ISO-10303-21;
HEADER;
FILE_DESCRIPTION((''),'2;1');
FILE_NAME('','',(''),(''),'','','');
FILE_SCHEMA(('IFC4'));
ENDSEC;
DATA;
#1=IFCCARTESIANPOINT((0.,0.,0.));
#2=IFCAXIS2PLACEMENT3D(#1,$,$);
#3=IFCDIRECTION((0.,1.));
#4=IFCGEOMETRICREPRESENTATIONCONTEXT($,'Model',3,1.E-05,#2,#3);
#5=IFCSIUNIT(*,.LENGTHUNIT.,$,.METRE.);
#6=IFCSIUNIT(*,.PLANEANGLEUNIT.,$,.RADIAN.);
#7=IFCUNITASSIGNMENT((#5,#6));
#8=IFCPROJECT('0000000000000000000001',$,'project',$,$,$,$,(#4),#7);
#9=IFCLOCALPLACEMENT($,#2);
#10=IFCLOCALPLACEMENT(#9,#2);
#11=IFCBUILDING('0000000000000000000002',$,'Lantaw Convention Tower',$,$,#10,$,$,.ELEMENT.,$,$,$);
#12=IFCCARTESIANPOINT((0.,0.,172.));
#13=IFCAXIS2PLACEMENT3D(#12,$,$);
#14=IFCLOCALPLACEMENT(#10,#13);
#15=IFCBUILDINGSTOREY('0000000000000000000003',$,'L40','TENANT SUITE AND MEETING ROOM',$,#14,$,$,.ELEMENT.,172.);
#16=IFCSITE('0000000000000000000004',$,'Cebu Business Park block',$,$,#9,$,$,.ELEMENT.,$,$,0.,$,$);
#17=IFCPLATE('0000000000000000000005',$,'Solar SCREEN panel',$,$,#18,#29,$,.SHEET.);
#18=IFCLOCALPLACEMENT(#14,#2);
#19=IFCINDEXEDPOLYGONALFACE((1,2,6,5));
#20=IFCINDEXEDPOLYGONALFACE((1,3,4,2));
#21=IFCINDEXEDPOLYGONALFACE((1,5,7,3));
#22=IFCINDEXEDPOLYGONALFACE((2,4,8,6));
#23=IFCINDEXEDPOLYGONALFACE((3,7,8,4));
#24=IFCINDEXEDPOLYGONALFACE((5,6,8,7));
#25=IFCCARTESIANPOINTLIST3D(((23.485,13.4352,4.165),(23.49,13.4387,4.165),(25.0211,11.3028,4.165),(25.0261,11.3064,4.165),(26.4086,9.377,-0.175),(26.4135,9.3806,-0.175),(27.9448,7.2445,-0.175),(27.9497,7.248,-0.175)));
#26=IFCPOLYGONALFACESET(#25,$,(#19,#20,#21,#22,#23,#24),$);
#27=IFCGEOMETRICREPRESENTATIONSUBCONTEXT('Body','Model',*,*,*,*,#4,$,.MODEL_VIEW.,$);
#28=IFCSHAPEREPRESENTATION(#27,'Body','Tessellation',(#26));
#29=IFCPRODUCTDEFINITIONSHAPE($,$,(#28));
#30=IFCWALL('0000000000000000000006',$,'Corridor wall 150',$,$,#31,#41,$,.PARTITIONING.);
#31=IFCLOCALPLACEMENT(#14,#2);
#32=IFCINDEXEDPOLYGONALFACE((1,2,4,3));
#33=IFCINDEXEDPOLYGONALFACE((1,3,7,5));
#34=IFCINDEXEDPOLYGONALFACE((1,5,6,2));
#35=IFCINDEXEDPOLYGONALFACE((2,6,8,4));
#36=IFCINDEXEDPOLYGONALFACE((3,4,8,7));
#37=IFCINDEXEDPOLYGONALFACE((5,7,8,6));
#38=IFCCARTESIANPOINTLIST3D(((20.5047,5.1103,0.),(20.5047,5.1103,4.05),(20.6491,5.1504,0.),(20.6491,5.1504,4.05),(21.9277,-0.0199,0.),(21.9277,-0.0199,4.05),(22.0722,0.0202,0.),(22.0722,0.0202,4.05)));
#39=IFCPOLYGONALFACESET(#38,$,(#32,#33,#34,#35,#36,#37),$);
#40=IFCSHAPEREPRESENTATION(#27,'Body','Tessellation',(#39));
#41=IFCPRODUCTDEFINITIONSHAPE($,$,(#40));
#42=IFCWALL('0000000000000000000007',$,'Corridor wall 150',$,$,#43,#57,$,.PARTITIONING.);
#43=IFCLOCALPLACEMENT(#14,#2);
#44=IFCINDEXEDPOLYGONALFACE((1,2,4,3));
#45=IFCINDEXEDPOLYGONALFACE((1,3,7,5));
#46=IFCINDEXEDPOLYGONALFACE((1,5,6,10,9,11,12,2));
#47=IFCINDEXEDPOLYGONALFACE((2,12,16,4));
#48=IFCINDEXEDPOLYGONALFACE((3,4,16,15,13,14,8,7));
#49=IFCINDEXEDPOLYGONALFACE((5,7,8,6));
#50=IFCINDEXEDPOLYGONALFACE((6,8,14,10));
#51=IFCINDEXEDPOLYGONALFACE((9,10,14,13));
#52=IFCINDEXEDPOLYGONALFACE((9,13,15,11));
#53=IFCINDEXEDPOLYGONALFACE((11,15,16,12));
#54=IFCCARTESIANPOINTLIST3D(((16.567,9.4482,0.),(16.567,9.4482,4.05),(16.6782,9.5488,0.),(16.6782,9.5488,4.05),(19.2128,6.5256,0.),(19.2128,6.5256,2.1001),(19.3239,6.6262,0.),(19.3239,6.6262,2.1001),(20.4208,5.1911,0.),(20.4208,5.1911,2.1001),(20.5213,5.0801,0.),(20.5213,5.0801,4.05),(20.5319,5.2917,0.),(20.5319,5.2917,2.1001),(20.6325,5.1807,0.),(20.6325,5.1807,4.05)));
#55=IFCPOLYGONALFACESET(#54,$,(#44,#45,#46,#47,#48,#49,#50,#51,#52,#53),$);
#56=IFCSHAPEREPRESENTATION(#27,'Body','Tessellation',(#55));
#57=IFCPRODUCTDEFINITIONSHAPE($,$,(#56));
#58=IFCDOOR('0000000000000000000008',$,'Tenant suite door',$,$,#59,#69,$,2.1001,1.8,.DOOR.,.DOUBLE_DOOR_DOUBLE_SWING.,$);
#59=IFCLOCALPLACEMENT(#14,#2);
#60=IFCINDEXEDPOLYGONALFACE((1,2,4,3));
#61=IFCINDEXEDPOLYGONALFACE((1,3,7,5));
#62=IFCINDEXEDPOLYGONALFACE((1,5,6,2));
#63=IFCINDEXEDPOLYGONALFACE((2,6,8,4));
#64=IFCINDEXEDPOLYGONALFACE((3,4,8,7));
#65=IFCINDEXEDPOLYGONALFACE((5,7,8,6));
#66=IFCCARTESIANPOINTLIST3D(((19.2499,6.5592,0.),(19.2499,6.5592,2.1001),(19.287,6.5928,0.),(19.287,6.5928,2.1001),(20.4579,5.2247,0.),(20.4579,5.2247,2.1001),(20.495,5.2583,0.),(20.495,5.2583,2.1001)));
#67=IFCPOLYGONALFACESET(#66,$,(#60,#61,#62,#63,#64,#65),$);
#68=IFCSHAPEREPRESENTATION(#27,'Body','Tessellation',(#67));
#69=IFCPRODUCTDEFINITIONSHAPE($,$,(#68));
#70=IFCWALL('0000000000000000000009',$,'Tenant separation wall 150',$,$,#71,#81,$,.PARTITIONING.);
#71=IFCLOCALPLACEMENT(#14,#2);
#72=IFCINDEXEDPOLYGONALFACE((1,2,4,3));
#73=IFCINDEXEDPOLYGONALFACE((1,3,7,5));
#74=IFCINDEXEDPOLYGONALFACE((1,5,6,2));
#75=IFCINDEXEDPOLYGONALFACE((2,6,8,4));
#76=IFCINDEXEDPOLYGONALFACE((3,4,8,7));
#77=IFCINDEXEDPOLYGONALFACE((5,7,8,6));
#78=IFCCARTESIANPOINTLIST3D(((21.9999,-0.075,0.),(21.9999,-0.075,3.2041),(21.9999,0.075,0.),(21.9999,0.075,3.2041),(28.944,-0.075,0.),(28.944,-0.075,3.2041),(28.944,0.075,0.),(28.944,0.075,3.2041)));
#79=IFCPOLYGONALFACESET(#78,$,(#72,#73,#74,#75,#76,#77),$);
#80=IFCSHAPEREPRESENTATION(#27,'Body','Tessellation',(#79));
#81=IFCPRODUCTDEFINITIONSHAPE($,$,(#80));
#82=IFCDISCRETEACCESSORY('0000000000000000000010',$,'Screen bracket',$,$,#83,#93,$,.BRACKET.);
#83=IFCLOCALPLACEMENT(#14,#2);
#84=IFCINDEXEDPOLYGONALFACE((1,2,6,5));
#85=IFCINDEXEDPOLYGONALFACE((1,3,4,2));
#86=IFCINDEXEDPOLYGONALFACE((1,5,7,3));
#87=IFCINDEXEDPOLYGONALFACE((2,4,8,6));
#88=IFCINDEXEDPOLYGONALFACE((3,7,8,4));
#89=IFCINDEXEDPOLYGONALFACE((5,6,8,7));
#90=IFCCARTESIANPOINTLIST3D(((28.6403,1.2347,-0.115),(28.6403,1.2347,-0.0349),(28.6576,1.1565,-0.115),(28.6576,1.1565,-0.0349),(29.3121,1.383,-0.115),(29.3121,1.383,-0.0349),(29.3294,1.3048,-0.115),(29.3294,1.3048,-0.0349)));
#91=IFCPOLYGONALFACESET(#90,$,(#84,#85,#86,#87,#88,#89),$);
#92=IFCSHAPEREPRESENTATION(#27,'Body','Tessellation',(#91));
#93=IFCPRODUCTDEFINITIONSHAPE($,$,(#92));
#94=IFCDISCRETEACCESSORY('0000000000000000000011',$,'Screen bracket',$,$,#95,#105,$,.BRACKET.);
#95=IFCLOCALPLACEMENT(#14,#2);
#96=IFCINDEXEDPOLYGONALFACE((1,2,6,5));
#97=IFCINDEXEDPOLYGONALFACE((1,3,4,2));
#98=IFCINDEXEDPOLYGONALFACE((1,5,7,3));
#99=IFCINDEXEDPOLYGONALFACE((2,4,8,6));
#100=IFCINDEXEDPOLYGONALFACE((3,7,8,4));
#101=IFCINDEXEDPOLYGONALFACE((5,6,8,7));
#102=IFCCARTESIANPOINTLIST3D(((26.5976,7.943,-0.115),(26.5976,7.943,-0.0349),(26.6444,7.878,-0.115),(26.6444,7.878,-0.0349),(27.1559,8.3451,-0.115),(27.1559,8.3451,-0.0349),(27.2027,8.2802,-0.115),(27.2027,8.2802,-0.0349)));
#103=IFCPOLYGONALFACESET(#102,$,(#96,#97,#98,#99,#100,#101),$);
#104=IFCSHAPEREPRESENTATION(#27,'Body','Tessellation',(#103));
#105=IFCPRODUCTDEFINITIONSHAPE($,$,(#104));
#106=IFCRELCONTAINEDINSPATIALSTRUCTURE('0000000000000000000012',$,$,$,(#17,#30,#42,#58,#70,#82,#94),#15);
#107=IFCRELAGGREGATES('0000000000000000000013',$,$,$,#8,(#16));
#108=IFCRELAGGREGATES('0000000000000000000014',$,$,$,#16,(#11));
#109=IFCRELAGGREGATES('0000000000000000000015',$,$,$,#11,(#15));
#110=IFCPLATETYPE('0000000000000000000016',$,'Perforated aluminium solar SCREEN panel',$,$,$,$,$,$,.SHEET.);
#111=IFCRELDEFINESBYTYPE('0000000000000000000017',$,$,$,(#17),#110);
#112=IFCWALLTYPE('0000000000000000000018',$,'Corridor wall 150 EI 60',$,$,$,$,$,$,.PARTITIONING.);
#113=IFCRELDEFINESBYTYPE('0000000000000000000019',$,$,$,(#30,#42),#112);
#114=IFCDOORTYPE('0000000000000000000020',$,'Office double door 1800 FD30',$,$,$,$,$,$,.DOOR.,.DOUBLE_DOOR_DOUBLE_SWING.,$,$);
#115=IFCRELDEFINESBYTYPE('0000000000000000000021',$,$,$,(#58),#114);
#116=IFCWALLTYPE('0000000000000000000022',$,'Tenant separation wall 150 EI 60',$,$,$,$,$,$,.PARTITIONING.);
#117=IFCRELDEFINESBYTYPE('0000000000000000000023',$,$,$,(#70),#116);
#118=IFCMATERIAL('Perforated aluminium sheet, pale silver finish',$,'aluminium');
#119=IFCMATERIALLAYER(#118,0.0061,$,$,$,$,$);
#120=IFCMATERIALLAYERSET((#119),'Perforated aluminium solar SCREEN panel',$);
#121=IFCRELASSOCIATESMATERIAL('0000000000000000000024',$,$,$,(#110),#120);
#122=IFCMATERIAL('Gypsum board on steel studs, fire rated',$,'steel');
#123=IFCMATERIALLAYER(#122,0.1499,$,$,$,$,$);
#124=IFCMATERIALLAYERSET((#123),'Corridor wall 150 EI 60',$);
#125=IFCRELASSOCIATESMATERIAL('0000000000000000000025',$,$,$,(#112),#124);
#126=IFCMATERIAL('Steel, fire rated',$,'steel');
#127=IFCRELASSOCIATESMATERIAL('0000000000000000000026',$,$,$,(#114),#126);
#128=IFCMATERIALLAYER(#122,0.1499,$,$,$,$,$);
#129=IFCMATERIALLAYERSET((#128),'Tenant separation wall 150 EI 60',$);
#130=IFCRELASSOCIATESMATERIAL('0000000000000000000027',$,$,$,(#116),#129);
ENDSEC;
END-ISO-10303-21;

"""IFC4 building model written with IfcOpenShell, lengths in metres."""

from ifc_helpers import new_model, si_unit, direction, frame, frame_2d, origin, origin_2d, place, context, subcontext, project, spatial, polyline, rectangle, outline, extrude, material, layer, layer_set, type_object, element, fill, save


model = new_model("IFC4")

# Units and contexts
model_context = context("Model", 3, precision=1e-05, world=origin(), true_north=direction((0.0, 1.0)))
body_context = subcontext(model_context, "Body", "Model", "MODEL_VIEW")
ifc_project = project(units=[si_unit("LENGTHUNIT", "METRE"), si_unit("PLANEANGLEUNIT", "RADIAN")], contexts=[model_context])

# Site, building, storey
site_placement = place(None, origin())
site = spatial("IfcSite", under=ifc_project, at=site_placement, Name="Cebu Business Park block", CompositionType="ELEMENT", RefElevation=0.0)
building_placement = place(site_placement, origin())
building = spatial("IfcBuilding", under=site, at=building_placement, Name="Lantaw Convention Tower", CompositionType="ELEMENT")
storey_placement = place(building_placement, frame((0.0, 0.0, 172.0)))
storey = spatial("IfcBuildingStorey", under=building, at=storey_placement, Name="L40", Description="TENANT SUITE AND MEETING ROOM", CompositionType="ELEMENT", Elevation=172.0)

# Plate
ifc_material_1 = material(Name="Perforated aluminium sheet, pale silver finish", Category="aluminium")
ifc_layer_1 = layer(ifc_material_1, 0.0061)
ifc_layer_set_1 = layer_set([ifc_layer_1], Name="Perforated aluminium solar SCREEN panel")
plate_type_1 = type_object("IfcPlateType", Name="Perforated aluminium solar SCREEN panel", PredefinedType="SHEET", material=ifc_layer_set_1)
plate_1_placement = place(storey_placement, frame((27.9497, 7.248, -0.175), z_axis=(0.811395, 0.584498, 0.000036), x_axis=(-0.584498, 0.811395, 0.0)))
element("IfcPlate", 1, at=plate_1_placement, inside=storey, type_object=plate_type_1, Name="Solar SCREEN panel", PredefinedType="SHEET", context=body_context, shape_type="SweptSolid", body=[
    extrude(outline(polyline([(0.0, 0.0), (2.6282, 0.0), (7.6298, 4.3401), (5.0018, 4.3401), (0.0, 0.0)])), origin(), (0.0, 0.0, -1.0), 0.0061),
])

# Wall
ifc_material_2 = material(Name="Gypsum board on steel studs, fire rated", Category="steel")
ifc_layer_2 = layer(ifc_material_2, 0.1499)
ifc_layer_set_2 = layer_set([ifc_layer_2], Name="Corridor wall 150 EI 60")
wall_type_1 = type_object("IfcWallType", Name="Corridor wall 150 EI 60", PredefinedType="PARTITIONING", material=ifc_layer_set_2)
wall_1_placement = place(storey_placement, frame((22.0, 0.0, 0.0), z_axis=(0.0, 0.0, 1.0), x_axis=(-0.267294, 0.963615, 0.0)))
element("IfcWall", 2, at=wall_1_placement, inside=storey, type_object=wall_type_1, Name="Corridor wall 150", PredefinedType="PARTITIONING", context=body_context, shape_type="SweptSolid", body=[
    extrude(rectangle(XDim=5.324, YDim=0.1499, at=frame_2d((2.6621, 0.0))), origin(), (0.0, 0.0, 1.0), 4.05),
])

# Wall, opening, door
wall_2_placement = place(storey_placement, frame((20.5769, 5.1304, 0.0), z_axis=(0.0, 0.0, 1.0), x_axis=(-0.671118, 0.74135, 0.0)))
wall_2 = element("IfcWall", 3, at=wall_2_placement, inside=storey, type_object=wall_type_1, Name="Corridor wall 150", PredefinedType="PARTITIONING", context=body_context, shape_type="SweptSolid", body=[
    extrude(rectangle(XDim=5.8921, YDim=0.1499, at=frame_2d((2.946, 0.0))), origin(), (0.0, 0.0, 1.0), 4.05),
])
opening_placement = place(wall_2_placement, frame((0.1499, 0.0, 0.0)))
opening = element("IfcOpeningElement", 4, at=opening_placement, cuts=wall_2, PredefinedType="OPENING", context=body_context, shape_type="SweptSolid", body=[
    extrude(rectangle(XDim=1.8, YDim=2.1001, at=frame_2d((0.8999, 1.05))), frame((0.0, 0.085, 0.0), z_axis=(0.0, -1.0, 0.0), x_axis=(1.0, 0.0, 0.0)), (0.0, 0.0, 1.0), 0.1699),
])
ifc_material_3 = material(Name="Steel, fire rated", Category="steel")
door_type = type_object("IfcDoorType", Name="Office double door 1800 FD30", OperationType="DOUBLE_DOOR_DOUBLE_SWING", PredefinedType="DOOR", material=ifc_material_3)
door_placement = place(opening_placement, origin())
door = element("IfcDoor", 5, at=door_placement, inside=storey, type_object=door_type, Name="Tenant suite door", OperationType="DOUBLE_DOOR_DOUBLE_SWING", OverallHeight=2.1001, OverallWidth=1.8, PredefinedType="DOOR", context=body_context, shape_type="SweptSolid", body=[
    extrude(rectangle(XDim=1.8, YDim=2.1001, at=frame_2d((0.8999, 1.05))), frame((0.0, 0.0249, 0.0), z_axis=(0.0, -1.0, 0.0), x_axis=(1.0, 0.0, 0.0)), (0.0, 0.0, 1.0), 0.05),
])
fill(opening, door)

# Wall
ifc_layer_3 = layer(ifc_material_2, 0.1499)
ifc_layer_set_3 = layer_set([ifc_layer_3], Name="Tenant separation wall 150 EI 60")
wall_type_2 = type_object("IfcWallType", Name="Tenant separation wall 150 EI 60", PredefinedType="PARTITIONING", material=ifc_layer_set_3)
wall_3_placement = place(storey_placement, frame((28.9441, 0.0, 0.0), z_axis=(0.0, 0.0, 1.0), x_axis=(-1.0, 0.0, 0.0)))
element("IfcWall", 6, at=wall_3_placement, inside=storey, type_object=wall_type_2, Name="Tenant separation wall 150", PredefinedType="PARTITIONING", context=body_context, shape_type="SweptSolid", body=[
    extrude(rectangle(XDim=6.9441, YDim=0.1499, at=frame_2d((3.4722, 0.0))), origin(), (0.0, 0.0, 1.0), 3.2041),
])

# Discrete accessories
for number, where, z_axis, x_axis, name in (
    (7, (28.9849, 1.2698, -0.115), (0.0, 0.0, 1.0), (-0.215546, 0.976494, 0.0), "Screen bracket"),
    (8, (26.9001, 8.1116, -0.115), (0.0, 0.0, 1.0), (-0.584513, 0.811385, 0.0), "Screen bracket"),
):
    element("IfcDiscreteAccessory", number, at=place(storey_placement, frame(where, z_axis=z_axis, x_axis=x_axis)), inside=storey, Name=name, PredefinedType="BRACKET", context=body_context, shape_type="SweptSolid", body=[
        extrude(rectangle(XDim=0.0801, YDim=0.688, at=origin_2d()), origin(), (0.0, 0.0, 1.0), 0.0801),
    ])

save(model, "model.ifc")
